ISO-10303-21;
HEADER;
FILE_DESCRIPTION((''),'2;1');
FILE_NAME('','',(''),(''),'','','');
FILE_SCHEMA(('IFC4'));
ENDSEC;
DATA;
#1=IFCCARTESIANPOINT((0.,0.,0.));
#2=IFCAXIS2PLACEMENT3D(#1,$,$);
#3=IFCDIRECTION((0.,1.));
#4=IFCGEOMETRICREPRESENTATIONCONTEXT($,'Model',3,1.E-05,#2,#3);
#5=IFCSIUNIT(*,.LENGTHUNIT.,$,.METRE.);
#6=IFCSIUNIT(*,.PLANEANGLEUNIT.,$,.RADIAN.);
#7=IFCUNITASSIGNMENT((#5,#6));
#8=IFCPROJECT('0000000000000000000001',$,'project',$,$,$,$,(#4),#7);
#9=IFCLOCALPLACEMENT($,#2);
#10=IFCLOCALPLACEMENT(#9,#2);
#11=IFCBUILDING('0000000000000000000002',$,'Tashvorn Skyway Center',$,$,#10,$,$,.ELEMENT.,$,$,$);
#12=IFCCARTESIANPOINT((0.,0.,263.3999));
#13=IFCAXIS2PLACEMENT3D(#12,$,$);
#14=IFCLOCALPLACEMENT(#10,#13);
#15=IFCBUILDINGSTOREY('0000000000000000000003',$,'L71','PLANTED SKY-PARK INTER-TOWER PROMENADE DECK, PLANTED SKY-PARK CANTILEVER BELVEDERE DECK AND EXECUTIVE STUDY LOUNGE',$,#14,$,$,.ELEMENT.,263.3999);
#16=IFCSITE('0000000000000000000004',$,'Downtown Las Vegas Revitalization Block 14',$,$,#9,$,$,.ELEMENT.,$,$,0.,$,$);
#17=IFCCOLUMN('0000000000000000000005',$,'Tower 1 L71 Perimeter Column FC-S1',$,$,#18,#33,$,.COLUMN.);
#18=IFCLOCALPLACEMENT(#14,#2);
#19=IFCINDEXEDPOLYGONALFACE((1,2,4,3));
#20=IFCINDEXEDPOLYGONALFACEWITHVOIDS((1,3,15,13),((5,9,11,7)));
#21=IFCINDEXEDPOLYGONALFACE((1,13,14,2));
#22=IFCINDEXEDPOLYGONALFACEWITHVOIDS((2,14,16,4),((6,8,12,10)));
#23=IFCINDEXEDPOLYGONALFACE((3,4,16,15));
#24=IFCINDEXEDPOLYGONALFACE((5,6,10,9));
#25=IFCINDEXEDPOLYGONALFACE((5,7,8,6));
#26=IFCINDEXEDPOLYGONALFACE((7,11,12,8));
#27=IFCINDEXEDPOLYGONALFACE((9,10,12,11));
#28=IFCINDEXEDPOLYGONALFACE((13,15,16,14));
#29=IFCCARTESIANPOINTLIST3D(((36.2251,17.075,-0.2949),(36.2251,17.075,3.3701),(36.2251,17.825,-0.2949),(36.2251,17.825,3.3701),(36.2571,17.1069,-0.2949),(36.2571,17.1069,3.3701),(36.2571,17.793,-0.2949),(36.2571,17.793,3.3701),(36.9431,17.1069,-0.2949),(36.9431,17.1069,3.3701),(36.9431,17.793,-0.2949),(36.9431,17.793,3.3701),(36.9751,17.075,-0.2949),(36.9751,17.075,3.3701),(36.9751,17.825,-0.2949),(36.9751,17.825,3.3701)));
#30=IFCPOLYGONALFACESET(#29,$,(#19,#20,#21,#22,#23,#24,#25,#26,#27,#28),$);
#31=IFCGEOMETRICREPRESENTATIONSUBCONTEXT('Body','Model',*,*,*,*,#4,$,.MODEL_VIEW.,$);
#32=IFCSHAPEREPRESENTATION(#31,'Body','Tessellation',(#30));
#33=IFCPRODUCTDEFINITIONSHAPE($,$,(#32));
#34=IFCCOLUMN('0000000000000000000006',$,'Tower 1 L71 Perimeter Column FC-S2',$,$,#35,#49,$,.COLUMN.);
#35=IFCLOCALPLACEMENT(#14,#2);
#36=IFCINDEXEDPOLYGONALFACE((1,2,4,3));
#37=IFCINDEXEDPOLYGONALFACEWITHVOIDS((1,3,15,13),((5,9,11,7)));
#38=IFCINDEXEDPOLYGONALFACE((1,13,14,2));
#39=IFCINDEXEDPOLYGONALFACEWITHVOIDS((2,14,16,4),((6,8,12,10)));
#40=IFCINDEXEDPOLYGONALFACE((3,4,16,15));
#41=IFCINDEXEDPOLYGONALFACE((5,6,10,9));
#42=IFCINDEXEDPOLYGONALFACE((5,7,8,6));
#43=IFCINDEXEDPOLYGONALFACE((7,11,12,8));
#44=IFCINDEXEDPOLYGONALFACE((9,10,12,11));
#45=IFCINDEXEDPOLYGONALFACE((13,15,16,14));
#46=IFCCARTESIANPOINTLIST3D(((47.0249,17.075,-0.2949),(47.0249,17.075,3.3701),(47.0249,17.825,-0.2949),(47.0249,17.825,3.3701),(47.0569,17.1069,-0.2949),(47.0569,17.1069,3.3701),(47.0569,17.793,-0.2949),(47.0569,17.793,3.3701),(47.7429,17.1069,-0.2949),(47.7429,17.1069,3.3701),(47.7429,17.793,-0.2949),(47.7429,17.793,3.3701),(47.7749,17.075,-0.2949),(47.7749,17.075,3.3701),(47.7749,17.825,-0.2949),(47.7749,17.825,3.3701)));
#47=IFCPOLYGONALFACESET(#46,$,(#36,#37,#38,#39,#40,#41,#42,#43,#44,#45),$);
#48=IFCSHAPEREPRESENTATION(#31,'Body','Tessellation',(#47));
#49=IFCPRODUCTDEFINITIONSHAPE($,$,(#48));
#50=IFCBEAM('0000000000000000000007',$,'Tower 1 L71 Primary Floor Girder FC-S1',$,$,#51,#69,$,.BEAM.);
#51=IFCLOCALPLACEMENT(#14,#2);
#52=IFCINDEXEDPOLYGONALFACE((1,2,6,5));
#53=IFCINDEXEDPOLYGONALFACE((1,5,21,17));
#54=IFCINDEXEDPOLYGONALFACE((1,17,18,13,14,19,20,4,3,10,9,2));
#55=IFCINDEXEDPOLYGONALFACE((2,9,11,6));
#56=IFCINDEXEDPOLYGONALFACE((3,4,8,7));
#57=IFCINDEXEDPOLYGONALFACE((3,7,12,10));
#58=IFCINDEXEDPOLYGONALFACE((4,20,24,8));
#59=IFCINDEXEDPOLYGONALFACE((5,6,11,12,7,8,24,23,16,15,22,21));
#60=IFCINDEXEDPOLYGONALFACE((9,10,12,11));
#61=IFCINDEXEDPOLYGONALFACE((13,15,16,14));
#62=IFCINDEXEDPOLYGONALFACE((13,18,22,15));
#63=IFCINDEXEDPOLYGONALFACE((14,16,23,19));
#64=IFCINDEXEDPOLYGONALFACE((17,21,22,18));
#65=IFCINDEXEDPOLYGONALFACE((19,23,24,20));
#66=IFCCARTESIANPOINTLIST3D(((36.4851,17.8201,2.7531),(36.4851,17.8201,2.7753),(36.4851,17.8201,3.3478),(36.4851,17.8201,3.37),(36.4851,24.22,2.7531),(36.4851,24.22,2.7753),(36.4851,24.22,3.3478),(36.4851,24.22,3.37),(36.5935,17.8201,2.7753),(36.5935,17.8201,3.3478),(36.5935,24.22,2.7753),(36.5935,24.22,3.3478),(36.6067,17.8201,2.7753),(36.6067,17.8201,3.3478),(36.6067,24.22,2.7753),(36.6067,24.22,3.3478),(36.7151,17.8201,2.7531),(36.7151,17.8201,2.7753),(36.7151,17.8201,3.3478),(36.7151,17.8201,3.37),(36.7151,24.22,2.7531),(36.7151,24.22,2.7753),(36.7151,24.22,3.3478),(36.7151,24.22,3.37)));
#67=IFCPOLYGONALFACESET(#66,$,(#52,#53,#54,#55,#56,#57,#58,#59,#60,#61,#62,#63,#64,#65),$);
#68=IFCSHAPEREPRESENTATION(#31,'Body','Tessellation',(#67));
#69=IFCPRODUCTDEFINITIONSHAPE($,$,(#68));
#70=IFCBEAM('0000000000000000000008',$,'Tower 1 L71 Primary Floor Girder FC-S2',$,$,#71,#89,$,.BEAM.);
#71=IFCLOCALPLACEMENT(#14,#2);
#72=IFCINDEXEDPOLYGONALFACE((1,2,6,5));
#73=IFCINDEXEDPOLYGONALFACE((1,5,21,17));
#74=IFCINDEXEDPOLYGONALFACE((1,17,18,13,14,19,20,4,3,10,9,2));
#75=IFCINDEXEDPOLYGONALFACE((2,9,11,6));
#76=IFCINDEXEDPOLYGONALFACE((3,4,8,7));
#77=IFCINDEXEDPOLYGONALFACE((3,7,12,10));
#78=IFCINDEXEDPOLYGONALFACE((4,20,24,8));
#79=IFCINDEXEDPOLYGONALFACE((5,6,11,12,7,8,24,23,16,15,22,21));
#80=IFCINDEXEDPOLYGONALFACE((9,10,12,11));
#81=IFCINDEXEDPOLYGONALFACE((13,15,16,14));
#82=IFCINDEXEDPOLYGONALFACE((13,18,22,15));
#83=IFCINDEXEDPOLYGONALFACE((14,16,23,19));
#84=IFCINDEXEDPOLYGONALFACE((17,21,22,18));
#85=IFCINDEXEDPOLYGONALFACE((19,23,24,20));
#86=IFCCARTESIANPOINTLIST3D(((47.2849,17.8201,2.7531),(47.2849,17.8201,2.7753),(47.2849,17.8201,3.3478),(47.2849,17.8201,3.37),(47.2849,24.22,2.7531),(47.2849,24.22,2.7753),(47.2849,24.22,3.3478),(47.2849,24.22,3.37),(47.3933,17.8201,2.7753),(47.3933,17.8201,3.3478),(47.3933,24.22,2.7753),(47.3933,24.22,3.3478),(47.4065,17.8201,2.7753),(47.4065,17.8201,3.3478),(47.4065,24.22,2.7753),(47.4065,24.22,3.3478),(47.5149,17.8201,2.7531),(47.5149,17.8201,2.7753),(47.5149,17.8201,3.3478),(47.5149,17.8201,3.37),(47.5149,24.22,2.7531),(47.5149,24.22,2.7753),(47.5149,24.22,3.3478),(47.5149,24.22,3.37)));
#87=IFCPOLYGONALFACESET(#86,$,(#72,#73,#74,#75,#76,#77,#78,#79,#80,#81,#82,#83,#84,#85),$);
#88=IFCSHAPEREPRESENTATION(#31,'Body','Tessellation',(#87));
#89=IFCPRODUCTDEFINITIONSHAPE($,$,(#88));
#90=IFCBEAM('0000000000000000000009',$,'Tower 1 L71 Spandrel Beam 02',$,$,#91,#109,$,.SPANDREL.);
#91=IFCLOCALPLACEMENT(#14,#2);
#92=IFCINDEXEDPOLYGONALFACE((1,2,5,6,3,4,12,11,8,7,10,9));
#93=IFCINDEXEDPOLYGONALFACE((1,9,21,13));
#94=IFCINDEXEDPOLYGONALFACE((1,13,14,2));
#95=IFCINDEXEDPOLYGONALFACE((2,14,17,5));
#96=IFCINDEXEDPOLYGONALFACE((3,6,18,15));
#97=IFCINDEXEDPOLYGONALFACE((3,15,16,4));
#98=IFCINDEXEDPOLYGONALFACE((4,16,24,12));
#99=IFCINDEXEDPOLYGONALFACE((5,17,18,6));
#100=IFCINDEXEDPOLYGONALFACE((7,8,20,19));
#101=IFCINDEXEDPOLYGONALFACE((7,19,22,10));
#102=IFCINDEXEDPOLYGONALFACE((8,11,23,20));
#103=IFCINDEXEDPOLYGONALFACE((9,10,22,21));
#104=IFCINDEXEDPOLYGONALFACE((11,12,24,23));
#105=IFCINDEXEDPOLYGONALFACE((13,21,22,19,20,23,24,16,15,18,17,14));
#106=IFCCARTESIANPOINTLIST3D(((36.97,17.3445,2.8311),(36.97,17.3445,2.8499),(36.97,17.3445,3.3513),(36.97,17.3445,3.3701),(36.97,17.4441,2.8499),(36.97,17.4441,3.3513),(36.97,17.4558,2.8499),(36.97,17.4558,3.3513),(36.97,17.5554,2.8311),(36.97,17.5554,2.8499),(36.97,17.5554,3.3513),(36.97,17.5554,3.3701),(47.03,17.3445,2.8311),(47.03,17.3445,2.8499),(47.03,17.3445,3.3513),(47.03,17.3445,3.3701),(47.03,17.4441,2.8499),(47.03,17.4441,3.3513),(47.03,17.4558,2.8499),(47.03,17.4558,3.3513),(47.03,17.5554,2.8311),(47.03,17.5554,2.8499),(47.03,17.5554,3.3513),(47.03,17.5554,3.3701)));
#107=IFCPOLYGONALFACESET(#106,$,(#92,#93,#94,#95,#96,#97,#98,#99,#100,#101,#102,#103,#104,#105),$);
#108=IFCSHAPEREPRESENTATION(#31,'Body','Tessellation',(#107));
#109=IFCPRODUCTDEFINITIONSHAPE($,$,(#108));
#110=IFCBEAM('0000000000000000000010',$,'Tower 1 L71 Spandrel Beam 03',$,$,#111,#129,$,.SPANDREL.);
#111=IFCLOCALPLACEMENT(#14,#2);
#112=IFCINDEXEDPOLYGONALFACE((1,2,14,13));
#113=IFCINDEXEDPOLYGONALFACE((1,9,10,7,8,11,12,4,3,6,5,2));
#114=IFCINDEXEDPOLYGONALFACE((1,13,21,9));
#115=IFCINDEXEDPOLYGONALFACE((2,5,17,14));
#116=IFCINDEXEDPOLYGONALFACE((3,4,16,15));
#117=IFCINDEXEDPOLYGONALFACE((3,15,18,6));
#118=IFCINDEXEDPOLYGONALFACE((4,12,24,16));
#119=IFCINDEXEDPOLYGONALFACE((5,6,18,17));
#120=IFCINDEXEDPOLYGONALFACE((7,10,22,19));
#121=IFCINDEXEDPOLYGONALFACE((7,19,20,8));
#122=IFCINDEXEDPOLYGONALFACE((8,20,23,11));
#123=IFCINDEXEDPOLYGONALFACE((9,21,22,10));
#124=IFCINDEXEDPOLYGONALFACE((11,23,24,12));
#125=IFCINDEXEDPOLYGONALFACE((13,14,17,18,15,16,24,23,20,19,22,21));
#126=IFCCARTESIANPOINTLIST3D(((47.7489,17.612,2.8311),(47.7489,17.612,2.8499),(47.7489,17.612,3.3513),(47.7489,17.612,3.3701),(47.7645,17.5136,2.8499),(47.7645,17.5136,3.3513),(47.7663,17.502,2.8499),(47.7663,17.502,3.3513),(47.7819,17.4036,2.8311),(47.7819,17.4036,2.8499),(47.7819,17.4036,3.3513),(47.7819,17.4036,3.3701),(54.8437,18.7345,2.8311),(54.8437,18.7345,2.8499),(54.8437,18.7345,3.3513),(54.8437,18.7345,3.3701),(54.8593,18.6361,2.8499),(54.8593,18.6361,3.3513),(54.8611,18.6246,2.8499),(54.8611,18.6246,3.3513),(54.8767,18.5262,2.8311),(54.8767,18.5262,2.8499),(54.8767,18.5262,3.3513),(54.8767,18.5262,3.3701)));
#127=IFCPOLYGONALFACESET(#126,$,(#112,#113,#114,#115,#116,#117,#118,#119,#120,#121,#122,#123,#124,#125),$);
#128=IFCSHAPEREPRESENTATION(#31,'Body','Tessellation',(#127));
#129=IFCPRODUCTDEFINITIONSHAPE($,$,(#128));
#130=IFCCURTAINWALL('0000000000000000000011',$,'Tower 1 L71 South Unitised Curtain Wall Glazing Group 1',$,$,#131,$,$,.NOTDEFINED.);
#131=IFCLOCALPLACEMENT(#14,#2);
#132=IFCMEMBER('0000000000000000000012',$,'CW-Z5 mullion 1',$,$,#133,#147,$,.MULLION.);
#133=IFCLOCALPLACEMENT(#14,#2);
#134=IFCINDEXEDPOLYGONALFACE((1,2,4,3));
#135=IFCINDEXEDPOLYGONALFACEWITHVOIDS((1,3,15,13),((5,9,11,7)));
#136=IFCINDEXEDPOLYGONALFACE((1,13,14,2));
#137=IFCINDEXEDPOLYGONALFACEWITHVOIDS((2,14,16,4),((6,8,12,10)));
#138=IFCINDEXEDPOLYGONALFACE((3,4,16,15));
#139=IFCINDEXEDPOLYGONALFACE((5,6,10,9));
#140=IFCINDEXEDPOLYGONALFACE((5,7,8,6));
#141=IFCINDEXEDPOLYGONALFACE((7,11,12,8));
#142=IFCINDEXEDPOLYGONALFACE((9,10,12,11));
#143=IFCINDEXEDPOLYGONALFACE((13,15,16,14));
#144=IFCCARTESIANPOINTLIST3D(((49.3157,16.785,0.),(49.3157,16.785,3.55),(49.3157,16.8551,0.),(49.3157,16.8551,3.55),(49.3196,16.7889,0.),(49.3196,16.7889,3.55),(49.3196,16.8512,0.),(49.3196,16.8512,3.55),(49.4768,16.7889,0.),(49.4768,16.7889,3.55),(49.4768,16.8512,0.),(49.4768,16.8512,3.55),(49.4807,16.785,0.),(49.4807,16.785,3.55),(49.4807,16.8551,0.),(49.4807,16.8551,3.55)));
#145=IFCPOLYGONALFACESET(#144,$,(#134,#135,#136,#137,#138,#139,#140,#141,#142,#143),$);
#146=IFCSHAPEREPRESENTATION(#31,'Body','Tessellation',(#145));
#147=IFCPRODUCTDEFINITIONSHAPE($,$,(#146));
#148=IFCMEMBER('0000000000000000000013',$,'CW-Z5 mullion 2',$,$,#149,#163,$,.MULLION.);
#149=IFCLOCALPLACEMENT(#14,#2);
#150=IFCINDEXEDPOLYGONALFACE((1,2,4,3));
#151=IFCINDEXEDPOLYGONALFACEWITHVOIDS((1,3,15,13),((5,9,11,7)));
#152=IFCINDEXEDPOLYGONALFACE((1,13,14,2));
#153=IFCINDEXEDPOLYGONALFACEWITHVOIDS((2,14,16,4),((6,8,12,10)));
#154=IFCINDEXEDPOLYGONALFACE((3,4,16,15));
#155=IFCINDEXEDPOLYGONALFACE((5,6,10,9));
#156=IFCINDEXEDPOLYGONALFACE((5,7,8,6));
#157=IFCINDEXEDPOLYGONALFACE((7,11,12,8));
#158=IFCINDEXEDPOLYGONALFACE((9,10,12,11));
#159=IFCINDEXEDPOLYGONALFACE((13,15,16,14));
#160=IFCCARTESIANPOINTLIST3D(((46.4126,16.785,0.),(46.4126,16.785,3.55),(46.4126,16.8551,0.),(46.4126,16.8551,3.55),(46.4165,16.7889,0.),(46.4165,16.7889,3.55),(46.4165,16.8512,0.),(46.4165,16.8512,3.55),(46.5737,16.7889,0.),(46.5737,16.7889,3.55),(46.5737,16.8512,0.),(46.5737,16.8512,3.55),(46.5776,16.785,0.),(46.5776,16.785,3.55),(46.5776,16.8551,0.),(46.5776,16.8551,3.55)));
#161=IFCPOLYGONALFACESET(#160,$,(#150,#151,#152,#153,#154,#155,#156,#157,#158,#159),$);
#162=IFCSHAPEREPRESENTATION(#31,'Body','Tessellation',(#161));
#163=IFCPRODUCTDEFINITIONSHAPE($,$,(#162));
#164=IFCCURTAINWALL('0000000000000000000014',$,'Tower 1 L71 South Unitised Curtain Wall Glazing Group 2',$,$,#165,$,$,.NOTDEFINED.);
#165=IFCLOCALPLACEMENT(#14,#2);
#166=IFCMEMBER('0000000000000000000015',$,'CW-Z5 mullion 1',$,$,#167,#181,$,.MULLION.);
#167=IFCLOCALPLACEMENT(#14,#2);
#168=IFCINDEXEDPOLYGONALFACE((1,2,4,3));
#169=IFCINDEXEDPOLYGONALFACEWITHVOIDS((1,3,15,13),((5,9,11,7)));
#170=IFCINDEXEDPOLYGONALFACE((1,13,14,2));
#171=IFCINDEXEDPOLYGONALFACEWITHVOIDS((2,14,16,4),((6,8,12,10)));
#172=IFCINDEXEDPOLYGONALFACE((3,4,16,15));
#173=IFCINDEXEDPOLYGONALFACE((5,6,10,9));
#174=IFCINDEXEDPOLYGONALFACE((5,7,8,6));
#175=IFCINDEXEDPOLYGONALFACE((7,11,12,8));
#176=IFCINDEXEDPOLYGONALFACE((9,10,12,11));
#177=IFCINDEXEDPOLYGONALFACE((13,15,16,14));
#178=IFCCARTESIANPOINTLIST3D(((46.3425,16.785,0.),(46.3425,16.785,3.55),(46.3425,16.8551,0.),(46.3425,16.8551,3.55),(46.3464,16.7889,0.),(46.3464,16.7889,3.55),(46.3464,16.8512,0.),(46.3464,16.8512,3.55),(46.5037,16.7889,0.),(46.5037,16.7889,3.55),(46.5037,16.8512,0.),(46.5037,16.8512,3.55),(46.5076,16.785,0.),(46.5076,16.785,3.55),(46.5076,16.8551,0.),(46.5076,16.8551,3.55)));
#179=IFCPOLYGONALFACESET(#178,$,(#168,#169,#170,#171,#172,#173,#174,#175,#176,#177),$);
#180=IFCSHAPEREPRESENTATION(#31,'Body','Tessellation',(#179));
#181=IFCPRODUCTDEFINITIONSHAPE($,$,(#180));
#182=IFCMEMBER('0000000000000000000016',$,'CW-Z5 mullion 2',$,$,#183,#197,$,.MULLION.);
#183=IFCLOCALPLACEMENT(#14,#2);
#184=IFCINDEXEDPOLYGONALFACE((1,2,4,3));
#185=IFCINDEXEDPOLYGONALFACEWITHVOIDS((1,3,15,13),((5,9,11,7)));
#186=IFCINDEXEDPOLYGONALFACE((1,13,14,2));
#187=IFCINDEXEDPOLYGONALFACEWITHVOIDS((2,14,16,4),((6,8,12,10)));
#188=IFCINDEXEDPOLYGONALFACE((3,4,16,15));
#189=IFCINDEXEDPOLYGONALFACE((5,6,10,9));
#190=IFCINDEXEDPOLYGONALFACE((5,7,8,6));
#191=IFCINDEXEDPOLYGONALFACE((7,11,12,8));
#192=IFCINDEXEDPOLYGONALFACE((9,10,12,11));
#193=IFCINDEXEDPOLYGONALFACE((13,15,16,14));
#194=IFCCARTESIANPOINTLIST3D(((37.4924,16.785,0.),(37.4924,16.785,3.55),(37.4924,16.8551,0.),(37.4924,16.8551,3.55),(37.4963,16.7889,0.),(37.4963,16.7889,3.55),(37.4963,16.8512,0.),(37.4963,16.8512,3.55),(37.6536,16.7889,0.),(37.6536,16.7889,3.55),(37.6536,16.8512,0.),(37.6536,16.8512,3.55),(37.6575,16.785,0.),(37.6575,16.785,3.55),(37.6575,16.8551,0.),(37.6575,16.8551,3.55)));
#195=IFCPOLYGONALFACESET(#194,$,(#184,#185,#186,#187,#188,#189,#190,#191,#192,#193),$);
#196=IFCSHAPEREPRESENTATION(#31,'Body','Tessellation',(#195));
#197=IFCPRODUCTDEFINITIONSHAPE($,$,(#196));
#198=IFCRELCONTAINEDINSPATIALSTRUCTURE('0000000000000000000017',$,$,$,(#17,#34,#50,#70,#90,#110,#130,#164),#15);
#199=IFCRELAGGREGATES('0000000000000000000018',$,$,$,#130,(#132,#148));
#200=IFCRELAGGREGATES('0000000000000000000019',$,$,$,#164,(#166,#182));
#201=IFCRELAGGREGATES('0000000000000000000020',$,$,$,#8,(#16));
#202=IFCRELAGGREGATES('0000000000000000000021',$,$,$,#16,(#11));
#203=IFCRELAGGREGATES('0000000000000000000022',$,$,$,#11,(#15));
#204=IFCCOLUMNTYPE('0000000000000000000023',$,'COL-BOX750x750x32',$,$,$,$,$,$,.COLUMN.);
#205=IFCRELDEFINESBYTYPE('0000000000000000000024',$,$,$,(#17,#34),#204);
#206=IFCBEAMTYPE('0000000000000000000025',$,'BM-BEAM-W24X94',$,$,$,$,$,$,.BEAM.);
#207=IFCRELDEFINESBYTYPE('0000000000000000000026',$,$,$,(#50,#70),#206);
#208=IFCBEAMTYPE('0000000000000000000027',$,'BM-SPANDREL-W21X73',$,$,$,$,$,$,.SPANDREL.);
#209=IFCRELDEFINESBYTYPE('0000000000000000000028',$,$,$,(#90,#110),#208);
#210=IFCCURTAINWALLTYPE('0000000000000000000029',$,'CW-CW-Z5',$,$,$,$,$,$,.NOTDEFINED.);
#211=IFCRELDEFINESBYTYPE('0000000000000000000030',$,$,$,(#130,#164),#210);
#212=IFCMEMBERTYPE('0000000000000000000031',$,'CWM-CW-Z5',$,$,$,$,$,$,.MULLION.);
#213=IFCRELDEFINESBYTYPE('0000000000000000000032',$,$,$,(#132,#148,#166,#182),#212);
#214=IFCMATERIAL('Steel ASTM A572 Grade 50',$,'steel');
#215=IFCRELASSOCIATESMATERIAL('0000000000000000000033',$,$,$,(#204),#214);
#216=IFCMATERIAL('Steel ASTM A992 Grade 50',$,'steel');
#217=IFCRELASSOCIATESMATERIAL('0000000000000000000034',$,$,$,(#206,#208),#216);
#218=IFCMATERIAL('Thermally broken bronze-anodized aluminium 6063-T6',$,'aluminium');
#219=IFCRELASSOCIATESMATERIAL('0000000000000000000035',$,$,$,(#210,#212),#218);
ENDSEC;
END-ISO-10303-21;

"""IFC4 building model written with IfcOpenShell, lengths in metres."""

from ifc_helpers import new_model, si_unit, direction, frame, origin, origin_2d, place, context, subcontext, project, spatial, hollow_rectangle, i_section, extrude, material, material_profile, profile_set, type_object, element, aggregate, save


model = new_model("IFC4")

# Units and contexts
model_context = context("Model", 3, precision=1e-05, world=origin(), true_north=direction((0.0, 1.0)))
body_context = subcontext(model_context, "Body", "Model", "MODEL_VIEW")
ifc_project = project(units=[si_unit("LENGTHUNIT", "METRE"), si_unit("PLANEANGLEUNIT", "RADIAN")], contexts=[model_context])

# Site, building, storey
site_placement = place(None, origin())
site = spatial("IfcSite", under=ifc_project, at=site_placement, Name="Downtown Las Vegas Revitalization Block 14", CompositionType="ELEMENT", RefElevation=0.0)
building_placement = place(site_placement, origin())
building = spatial("IfcBuilding", under=site, at=building_placement, Name="Tashvorn Skyway Center", CompositionType="ELEMENT")
storey_placement = place(building_placement, frame((0.0, 0.0, 263.3999)))
storey = spatial("IfcBuildingStorey", under=building, at=storey_placement, Name="L71", Description="PLANTED SKY-PARK INTER-TOWER PROMENADE DECK, PLANTED SKY-PARK CANTILEVER BELVEDERE DECK AND EXECUTIVE STUDY LOUNGE", CompositionType="ELEMENT", Elevation=263.3999)

# Columns
ifc_material_1 = material(Name="Steel ASTM A572 Grade 50", Category="steel")
ifc_material_profile_1 = material_profile(ifc_material_1, hollow_rectangle(XDim=0.75, YDim=0.75, WallThickness=0.032, at=origin_2d()), Name="BOX750x750x32")
ifc_profile_set_1 = profile_set([ifc_material_profile_1], Name="Steel ASTM A572 Grade 50")
column_type = type_object("IfcColumnType", Name="COL-BOX750x750x32", PredefinedType="COLUMN", material=ifc_profile_set_1)
for number, where, z_axis, x_axis, name in (
    (1, (36.6001, 17.45, -0.2949), (0.0, 0.0, 1.0), (1.0, 0.0, 0.0), "Tower 1 L71 Perimeter Column FC-S1"),
    (2, (47.3999, 17.45, -0.2949), (0.0, 0.0, 1.0), (1.0, 0.0, 0.0), "Tower 1 L71 Perimeter Column FC-S2"),
):
    element("IfcColumn", number, at=place(storey_placement, frame(where, z_axis=z_axis, x_axis=x_axis)), inside=storey, type_object=column_type, Name=name, PredefinedType="COLUMN", context=body_context, shape_type="SweptSolid", body=[
        extrude(hollow_rectangle(XDim=0.75, YDim=0.75, WallThickness=0.032, at=origin_2d()), origin(), (0.0, 0.0, 1.0), 3.665),
    ])

# Beams
ifc_material_2 = material(Name="Steel ASTM A992 Grade 50", Category="steel")
ifc_material_profile_2 = material_profile(ifc_material_2, i_section(OverallWidth=0.23, OverallDepth=0.6169, WebThickness=0.0132, FlangeThickness=0.0222, at=origin_2d()), Name="W24X94")
ifc_profile_set_2 = profile_set([ifc_material_profile_2], Name="Steel ASTM A992 Grade 50")
beam_type_1 = type_object("IfcBeamType", Name="BM-BEAM-W24X94", PredefinedType="BEAM", material=ifc_profile_set_2)
for number, where, z_axis, x_axis, name in (
    (3, (36.6001, 17.8201, 3.0615), (0.0, 1.0, 0.0), (-1.0, 0.0, 0.0), "Tower 1 L71 Primary Floor Girder FC-S1"),
    (4, (47.3999, 17.8201, 3.0615), (0.0, 1.0, 0.0), (-1.0, 0.0, 0.0), "Tower 1 L71 Primary Floor Girder FC-S2"),
):
    element("IfcBeam", number, at=place(storey_placement, frame(where, z_axis=z_axis, x_axis=x_axis)), inside=storey, type_object=beam_type_1, Name=name, PredefinedType="BEAM", context=body_context, shape_type="SweptSolid", body=[
        extrude(i_section(OverallWidth=0.23, OverallDepth=0.6169, WebThickness=0.0132, FlangeThickness=0.0222, at=origin_2d()), origin(), (0.0, 0.0, 1.0), 6.3999),
    ])
ifc_material_profile_3 = material_profile(ifc_material_2, i_section(OverallWidth=0.2109, OverallDepth=0.5391, WebThickness=0.0117, FlangeThickness=0.0188, at=origin_2d()), Name="W21X73")
ifc_profile_set_3 = profile_set([ifc_material_profile_3], Name="Steel ASTM A992 Grade 50")
beam_type_2 = type_object("IfcBeamType", Name="BM-SPANDREL-W21X73", PredefinedType="SPANDREL", material=ifc_profile_set_3)
beam_1_placement = place(storey_placement, frame((36.97, 17.45, 3.1006), z_axis=(1.0, 0.0, 0.0), x_axis=(0.0, 1.0, 0.0)))
element("IfcBeam", 5, at=beam_1_placement, inside=storey, type_object=beam_type_2, Name="Tower 1 L71 Spandrel Beam 02", PredefinedType="SPANDREL", context=body_context, shape_type="SweptSolid", body=[
    extrude(i_section(OverallWidth=0.2109, OverallDepth=0.5391, WebThickness=0.0117, FlangeThickness=0.0188, at=origin_2d()), origin(), (0.0, 0.0, 1.0), 10.0601),
])
beam_2_placement = place(storey_placement, frame((47.7654, 17.5078, 3.1006), z_axis=(0.987714, 0.156275, 0.0), x_axis=(-0.156275, 0.987714, 0.0)))
element("IfcBeam", 6, at=beam_2_placement, inside=storey, type_object=beam_type_2, Name="Tower 1 L71 Spandrel Beam 03", PredefinedType="SPANDREL", context=body_context, shape_type="SweptSolid", body=[
    extrude(i_section(OverallWidth=0.2109, OverallDepth=0.5391, WebThickness=0.0117, FlangeThickness=0.0188, at=origin_2d()), origin(), (0.0, 0.0, 1.0), 7.1831),
])

# Curtain walls, members
ifc_material_3 = material(Name="Thermally broken bronze-anodized aluminium 6063-T6", Category="aluminium")
curtain_wall_type = type_object("IfcCurtainWallType", Name="CW-CW-Z5", PredefinedType="NOTDEFINED", material=ifc_material_3)
curtain_wall_1_placement = place(storey_placement, origin())
curtain_wall_1 = element("IfcCurtainWall", 7, at=curtain_wall_1_placement, inside=storey, type_object=curtain_wall_type, Name="Tower 1 L71 South Unitised Curtain Wall Glazing Group 1", PredefinedType="NOTDEFINED")
ifc_material_profile_4 = material_profile(ifc_material_3, hollow_rectangle(XDim=0.0701, YDim=0.165, WallThickness=0.0039, at=origin_2d()), Name="ALU-MULL-70x165")
ifc_profile_set_4 = profile_set([ifc_material_profile_4], Name="Thermally broken bronze-anodized aluminium 6063-T6")
member_type_1 = type_object("IfcMemberType", Name="CWM-CW-Z5", PredefinedType="MULLION", material=ifc_profile_set_4)
member_1_placement = place(storey_placement, frame((49.3982, 16.8201, 0.0), z_axis=(0.0, 0.0, 1.0), x_axis=(0.0, -1.0, 0.0)))
member_1 = element("IfcMember", 8, at=member_1_placement, type_object=member_type_1, Name="CW-Z5 mullion 1", PredefinedType="MULLION", context=body_context, shape_type="SweptSolid", body=[
    extrude(hollow_rectangle(XDim=0.0701, YDim=0.165, WallThickness=0.0039, at=origin_2d()), origin(), (0.0, 0.0, 1.0), 3.55),
])
member_2_placement = place(storey_placement, frame((46.4951, 16.8201, 0.0), z_axis=(0.0, 0.0, 1.0), x_axis=(0.0, -1.0, 0.0)))
member_2 = element("IfcMember", 9, at=member_2_placement, type_object=member_type_1, Name="CW-Z5 mullion 2", PredefinedType="MULLION", context=body_context, shape_type="SweptSolid", body=[
    extrude(hollow_rectangle(XDim=0.0701, YDim=0.165, WallThickness=0.0039, at=origin_2d()), origin(), (0.0, 0.0, 1.0), 3.55),
])
curtain_wall_2_placement = place(storey_placement, origin())
curtain_wall_2 = element("IfcCurtainWall", 10, at=curtain_wall_2_placement, inside=storey, type_object=curtain_wall_type, Name="Tower 1 L71 South Unitised Curtain Wall Glazing Group 2", PredefinedType="NOTDEFINED")
member_3_placement = place(storey_placement, frame((46.425, 16.8201, 0.0), z_axis=(0.0, 0.0, 1.0), x_axis=(0.0, -1.0, 0.0)))
member_3 = element("IfcMember", 11, at=member_3_placement, type_object=member_type_1, Name="CW-Z5 mullion 1", PredefinedType="MULLION", context=body_context, shape_type="SweptSolid", body=[
    extrude(hollow_rectangle(XDim=0.0701, YDim=0.165, WallThickness=0.0039, at=origin_2d()), origin(), (0.0, 0.0, 1.0), 3.55),
])
member_4_placement = place(storey_placement, frame((37.575, 16.8201, 0.0), z_axis=(0.0, 0.0, 1.0), x_axis=(0.0, -1.0, 0.0)))
member_4 = element("IfcMember", 12, at=member_4_placement, type_object=member_type_1, Name="CW-Z5 mullion 2", PredefinedType="MULLION", context=body_context, shape_type="SweptSolid", body=[
    extrude(hollow_rectangle(XDim=0.0701, YDim=0.165, WallThickness=0.0039, at=origin_2d()), origin(), (0.0, 0.0, 1.0), 3.55),
])

aggregate(curtain_wall_1, [member_1, member_2])
aggregate(curtain_wall_2, [member_3, member_4])

save(model, "model.ifc")
